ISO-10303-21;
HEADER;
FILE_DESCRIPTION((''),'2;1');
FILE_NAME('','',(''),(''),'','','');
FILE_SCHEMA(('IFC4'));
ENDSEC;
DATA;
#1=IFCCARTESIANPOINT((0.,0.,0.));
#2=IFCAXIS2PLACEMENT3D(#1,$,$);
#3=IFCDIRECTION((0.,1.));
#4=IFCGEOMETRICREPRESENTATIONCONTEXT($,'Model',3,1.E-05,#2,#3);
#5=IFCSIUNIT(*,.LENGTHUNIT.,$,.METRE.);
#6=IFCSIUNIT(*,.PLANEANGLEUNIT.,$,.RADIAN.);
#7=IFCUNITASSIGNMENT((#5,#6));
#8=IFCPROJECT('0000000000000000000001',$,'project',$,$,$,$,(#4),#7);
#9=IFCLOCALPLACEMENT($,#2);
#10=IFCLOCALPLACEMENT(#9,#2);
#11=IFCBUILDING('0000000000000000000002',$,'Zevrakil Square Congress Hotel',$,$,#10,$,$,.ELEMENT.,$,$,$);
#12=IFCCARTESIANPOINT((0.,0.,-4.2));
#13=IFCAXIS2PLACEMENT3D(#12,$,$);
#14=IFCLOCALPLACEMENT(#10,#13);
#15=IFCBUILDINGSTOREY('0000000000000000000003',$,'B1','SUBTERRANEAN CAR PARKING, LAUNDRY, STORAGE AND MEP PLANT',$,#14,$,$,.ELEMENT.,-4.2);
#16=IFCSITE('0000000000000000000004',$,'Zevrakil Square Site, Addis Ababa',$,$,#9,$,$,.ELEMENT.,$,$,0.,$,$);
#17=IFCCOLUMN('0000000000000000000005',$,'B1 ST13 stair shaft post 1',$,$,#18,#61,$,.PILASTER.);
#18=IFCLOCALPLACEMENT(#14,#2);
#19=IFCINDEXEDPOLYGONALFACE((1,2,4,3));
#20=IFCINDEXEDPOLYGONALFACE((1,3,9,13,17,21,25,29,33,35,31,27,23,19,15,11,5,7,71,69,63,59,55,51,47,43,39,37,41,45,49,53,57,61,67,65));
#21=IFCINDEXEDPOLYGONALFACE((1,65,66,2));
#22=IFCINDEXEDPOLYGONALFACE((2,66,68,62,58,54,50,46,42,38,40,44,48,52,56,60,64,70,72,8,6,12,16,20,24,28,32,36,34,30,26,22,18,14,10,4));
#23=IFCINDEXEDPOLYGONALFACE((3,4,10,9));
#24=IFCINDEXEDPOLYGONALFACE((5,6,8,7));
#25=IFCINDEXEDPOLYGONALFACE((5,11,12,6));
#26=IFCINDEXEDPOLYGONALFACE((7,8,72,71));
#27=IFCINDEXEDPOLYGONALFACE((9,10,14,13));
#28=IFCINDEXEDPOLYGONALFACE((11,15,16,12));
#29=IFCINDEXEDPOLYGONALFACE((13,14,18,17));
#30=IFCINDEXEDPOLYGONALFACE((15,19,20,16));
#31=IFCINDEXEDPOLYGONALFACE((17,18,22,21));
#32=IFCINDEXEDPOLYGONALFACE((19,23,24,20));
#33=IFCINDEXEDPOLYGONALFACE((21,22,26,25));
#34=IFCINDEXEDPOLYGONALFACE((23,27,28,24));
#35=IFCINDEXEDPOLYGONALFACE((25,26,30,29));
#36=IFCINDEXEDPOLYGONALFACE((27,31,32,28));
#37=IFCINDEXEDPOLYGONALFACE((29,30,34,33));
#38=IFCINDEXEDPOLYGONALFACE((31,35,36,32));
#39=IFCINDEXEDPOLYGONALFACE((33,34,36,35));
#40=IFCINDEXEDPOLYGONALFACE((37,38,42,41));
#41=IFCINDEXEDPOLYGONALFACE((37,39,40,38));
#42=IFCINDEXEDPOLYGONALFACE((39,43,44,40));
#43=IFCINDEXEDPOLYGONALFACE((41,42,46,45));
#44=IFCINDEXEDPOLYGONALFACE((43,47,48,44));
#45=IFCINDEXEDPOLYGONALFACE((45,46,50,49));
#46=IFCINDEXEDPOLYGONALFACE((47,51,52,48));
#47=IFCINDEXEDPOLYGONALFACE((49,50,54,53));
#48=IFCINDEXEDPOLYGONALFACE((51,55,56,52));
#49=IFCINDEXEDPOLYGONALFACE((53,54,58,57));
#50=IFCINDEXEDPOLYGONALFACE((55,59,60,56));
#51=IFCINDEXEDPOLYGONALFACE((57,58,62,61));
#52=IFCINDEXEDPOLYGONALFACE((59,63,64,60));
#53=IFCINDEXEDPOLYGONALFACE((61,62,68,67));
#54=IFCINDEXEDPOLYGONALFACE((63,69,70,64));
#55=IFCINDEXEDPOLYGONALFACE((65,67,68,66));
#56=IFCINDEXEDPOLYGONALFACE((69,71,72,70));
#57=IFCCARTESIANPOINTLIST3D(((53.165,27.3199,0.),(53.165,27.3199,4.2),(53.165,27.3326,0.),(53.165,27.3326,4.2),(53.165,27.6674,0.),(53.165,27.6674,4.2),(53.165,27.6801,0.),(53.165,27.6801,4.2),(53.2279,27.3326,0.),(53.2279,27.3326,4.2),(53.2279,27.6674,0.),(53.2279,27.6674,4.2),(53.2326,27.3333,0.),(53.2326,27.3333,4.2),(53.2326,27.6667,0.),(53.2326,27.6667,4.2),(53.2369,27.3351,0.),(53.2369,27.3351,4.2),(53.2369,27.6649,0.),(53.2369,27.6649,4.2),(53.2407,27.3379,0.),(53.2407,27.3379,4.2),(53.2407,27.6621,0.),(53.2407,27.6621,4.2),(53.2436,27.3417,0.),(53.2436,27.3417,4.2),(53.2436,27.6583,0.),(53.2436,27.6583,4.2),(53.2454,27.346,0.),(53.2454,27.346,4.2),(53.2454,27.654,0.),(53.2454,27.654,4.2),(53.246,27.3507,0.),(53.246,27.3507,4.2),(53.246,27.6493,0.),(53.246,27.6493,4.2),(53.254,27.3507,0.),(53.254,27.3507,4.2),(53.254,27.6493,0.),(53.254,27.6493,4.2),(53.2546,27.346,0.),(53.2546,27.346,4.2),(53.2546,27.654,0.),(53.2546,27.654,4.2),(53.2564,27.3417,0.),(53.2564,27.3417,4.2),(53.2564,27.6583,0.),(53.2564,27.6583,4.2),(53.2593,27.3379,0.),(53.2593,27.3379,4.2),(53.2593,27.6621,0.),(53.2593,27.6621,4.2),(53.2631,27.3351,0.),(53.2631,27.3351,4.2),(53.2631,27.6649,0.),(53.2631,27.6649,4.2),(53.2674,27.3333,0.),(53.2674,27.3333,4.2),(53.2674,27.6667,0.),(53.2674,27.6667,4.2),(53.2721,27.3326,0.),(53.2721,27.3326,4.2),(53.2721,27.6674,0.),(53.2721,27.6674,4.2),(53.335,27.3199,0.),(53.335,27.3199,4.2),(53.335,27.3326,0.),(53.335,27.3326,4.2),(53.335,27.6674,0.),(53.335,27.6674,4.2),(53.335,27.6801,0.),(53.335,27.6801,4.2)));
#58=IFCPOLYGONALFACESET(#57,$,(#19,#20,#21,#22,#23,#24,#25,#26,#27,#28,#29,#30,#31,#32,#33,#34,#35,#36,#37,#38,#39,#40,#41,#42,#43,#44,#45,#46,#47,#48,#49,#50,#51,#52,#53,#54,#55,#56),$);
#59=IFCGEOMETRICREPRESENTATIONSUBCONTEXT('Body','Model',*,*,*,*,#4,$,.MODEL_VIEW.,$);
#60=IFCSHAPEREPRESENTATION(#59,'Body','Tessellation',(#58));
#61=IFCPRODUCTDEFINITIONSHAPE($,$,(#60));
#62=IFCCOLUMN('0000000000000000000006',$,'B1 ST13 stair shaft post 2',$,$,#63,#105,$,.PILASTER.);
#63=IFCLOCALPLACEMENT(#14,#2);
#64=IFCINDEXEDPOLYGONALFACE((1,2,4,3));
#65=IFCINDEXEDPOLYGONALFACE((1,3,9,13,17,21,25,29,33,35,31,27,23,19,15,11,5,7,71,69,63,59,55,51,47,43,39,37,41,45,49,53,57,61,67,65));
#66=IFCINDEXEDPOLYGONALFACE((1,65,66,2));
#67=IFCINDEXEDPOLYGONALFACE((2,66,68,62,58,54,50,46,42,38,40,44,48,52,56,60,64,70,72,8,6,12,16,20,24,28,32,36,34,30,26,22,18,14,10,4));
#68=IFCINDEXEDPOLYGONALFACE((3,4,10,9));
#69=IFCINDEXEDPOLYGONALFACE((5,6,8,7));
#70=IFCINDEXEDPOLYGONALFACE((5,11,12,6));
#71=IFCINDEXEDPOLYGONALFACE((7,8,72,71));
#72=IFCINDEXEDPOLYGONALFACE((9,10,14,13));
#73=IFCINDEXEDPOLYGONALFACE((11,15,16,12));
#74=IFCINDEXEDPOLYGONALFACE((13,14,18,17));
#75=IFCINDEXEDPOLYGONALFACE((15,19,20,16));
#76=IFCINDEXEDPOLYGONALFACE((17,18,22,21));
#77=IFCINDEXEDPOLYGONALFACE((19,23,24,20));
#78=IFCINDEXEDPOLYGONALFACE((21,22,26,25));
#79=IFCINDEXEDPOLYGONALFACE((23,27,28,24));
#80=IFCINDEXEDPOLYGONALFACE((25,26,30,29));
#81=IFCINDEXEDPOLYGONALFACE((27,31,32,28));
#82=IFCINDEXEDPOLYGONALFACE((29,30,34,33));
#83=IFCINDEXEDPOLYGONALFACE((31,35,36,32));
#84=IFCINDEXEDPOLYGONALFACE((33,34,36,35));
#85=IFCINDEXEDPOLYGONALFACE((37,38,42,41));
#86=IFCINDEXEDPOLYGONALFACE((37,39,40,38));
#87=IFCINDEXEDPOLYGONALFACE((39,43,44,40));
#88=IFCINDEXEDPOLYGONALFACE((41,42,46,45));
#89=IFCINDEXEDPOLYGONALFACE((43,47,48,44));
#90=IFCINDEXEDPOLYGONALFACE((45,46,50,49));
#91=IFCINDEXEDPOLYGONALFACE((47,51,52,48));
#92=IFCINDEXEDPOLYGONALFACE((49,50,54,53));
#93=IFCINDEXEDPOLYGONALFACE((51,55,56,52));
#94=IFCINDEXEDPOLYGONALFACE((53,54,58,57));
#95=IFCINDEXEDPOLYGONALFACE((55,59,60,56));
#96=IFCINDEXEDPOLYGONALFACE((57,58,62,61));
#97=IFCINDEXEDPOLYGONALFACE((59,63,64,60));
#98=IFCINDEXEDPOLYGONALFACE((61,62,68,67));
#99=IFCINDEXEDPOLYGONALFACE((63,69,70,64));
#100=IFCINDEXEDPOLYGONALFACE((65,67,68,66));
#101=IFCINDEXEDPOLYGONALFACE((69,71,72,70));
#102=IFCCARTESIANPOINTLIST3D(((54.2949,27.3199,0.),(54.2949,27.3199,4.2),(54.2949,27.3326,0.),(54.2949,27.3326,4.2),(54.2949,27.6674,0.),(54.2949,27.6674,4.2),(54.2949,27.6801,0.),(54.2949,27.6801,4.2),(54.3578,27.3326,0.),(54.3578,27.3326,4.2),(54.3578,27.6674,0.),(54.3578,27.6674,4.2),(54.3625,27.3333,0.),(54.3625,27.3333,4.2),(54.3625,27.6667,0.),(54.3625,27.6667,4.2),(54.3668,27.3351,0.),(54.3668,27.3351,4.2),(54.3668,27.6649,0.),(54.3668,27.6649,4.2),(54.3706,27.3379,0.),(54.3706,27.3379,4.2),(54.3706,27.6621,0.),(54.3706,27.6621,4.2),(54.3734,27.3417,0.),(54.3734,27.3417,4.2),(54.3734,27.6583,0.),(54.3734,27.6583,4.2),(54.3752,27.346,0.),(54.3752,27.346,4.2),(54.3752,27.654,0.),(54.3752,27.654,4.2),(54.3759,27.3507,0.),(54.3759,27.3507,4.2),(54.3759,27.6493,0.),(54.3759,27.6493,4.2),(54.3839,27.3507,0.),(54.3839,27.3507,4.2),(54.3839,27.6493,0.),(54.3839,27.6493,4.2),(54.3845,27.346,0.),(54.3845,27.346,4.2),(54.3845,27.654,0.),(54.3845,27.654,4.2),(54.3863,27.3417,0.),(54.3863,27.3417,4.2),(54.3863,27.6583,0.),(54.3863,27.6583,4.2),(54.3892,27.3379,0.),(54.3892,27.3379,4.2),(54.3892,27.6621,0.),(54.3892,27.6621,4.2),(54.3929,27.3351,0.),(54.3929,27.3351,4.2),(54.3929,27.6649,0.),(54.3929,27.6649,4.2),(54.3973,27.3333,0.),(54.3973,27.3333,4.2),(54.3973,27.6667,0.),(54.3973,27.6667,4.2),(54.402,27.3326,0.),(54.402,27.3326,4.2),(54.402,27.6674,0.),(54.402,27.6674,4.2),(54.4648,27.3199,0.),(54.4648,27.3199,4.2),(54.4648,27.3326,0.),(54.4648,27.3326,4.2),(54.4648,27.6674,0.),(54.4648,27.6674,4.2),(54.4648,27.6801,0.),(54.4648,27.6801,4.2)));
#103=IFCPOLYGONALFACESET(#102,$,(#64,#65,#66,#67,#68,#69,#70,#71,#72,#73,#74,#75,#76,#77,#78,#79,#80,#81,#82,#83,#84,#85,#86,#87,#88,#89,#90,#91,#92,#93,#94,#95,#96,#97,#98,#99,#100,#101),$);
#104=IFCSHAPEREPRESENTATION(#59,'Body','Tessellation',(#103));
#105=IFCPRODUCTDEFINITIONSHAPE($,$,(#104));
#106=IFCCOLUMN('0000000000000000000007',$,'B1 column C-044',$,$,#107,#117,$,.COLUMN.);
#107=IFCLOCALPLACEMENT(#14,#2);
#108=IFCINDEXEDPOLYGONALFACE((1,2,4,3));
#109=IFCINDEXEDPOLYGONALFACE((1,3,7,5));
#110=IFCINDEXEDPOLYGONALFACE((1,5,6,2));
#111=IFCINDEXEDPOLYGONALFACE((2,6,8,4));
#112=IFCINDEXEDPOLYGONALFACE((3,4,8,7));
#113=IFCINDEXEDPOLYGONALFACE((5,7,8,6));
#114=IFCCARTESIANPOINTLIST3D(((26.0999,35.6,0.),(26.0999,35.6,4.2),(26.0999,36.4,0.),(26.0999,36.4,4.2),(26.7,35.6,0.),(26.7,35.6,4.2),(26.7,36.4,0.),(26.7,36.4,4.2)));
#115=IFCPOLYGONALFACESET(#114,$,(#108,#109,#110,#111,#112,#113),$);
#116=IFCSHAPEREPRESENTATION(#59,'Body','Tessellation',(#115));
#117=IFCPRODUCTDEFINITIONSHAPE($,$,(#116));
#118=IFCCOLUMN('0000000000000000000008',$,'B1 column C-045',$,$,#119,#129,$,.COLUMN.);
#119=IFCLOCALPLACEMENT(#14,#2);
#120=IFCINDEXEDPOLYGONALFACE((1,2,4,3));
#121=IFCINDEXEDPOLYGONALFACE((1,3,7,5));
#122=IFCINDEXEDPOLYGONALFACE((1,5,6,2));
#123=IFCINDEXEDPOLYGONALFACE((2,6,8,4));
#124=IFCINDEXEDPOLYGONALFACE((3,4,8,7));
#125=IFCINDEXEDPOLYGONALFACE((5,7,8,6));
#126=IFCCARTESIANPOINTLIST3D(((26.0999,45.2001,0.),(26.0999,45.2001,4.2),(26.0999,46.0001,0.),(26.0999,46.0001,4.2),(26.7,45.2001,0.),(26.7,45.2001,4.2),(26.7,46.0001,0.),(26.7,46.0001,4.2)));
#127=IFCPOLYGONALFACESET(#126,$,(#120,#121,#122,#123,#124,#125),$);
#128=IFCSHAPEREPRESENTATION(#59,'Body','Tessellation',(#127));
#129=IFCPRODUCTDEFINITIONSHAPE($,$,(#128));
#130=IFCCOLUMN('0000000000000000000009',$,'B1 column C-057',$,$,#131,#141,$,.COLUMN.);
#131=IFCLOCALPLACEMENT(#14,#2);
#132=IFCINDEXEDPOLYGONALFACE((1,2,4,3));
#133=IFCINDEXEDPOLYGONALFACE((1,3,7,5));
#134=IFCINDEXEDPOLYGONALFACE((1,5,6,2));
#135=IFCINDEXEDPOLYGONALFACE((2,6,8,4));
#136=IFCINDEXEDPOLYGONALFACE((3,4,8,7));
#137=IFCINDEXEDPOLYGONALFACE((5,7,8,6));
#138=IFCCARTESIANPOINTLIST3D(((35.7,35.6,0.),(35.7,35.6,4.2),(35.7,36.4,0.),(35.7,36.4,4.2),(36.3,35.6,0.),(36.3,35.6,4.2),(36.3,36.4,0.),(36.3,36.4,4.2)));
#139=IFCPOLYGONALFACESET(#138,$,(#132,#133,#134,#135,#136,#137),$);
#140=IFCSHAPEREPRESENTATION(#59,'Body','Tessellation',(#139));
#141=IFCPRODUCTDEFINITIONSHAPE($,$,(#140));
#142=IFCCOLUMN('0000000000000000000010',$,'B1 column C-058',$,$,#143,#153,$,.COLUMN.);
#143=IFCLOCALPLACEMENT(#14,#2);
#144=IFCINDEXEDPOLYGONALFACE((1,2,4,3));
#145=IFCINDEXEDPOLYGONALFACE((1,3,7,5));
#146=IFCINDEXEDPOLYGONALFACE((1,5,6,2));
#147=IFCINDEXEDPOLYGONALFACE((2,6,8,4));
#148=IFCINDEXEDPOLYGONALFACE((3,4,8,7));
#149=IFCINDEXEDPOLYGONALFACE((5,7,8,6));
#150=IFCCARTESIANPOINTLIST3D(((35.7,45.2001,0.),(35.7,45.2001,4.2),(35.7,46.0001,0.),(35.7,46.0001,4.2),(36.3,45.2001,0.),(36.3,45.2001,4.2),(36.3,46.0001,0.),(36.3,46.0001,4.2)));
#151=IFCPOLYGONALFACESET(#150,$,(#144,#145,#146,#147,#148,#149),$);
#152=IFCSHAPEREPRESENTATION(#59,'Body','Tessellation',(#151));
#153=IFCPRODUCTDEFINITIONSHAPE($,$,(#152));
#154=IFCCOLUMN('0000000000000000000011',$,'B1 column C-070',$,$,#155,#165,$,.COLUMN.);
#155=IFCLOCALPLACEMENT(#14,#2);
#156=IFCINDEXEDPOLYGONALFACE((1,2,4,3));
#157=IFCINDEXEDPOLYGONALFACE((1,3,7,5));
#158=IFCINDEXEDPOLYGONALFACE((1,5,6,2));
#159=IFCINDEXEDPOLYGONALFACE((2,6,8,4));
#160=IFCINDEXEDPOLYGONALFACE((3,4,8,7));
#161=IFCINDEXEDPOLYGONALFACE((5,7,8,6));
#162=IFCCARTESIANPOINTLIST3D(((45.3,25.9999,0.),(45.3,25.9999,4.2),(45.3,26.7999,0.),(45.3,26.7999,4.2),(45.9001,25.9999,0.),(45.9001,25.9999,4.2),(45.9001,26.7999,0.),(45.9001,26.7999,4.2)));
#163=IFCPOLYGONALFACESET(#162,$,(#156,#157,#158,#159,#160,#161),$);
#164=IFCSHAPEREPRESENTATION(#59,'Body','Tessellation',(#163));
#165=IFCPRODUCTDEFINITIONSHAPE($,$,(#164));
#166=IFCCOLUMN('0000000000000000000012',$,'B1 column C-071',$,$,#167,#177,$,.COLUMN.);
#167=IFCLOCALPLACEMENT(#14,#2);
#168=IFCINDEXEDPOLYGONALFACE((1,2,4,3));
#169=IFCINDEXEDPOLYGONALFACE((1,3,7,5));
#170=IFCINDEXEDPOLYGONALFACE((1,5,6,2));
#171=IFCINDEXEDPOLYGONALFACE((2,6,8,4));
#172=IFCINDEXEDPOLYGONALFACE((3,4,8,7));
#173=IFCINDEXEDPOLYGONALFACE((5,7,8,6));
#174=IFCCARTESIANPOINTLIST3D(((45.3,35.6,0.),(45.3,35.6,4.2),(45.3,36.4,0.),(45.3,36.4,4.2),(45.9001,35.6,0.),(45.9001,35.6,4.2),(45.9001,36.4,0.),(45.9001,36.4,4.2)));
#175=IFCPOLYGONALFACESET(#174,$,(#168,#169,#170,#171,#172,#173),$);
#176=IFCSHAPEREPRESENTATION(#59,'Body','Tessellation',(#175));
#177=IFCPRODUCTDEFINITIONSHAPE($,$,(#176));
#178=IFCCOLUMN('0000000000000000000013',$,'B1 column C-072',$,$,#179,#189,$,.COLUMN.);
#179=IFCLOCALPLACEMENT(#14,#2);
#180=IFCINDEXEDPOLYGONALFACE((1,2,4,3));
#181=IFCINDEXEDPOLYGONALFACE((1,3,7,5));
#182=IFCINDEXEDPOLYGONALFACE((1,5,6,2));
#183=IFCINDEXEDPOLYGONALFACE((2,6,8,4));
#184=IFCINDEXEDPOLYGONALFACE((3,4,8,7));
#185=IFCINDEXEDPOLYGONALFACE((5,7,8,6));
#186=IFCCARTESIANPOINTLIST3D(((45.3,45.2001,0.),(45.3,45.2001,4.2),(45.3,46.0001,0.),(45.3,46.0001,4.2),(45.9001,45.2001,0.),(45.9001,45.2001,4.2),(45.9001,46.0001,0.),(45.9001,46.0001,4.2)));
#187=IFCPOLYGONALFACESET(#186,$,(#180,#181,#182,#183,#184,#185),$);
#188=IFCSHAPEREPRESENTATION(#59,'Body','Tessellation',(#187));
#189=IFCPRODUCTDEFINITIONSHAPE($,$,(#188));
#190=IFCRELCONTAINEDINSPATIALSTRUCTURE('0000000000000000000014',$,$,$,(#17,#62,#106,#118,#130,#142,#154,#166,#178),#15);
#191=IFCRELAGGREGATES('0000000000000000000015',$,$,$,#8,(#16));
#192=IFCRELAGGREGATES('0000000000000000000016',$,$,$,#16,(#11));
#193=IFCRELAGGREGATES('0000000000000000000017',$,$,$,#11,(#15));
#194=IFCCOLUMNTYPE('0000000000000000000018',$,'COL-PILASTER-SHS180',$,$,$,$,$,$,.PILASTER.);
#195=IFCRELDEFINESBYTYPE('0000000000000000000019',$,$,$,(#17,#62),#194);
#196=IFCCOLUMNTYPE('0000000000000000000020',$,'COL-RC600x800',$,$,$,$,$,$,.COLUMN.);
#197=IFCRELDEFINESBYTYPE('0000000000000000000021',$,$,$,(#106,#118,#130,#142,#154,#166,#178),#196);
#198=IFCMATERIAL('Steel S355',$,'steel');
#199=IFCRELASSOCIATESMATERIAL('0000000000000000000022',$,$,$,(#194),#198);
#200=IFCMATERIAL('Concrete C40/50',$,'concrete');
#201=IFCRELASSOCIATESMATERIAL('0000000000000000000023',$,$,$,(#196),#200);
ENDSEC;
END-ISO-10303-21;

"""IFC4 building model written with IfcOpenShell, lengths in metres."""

from ifc_helpers import new_model, si_unit, direction, frame, origin, origin_2d, place, context, subcontext, project, spatial, rectangle, i_section, extrude, material, material_profile, profile_set, type_object, element, save


model = new_model("IFC4")

# Units and contexts
model_context = context("Model", 3, precision=1e-05, world=origin(), true_north=direction((0.0, 1.0)))
body_context = subcontext(model_context, "Body", "Model", "MODEL_VIEW")
ifc_project = project(units=[si_unit("LENGTHUNIT", "METRE"), si_unit("PLANEANGLEUNIT", "RADIAN")], contexts=[model_context])

# Site, building, storey
site_placement = place(None, origin())
site = spatial("IfcSite", under=ifc_project, at=site_placement, Name="Zevrakil Square Site, Addis Ababa", CompositionType="ELEMENT", RefElevation=0.0)
building_placement = place(site_placement, origin())
building = spatial("IfcBuilding", under=site, at=building_placement, Name="Zevrakil Square Congress Hotel", CompositionType="ELEMENT")
storey_placement = place(building_placement, frame((0.0, 0.0, -4.2)))
storey = spatial("IfcBuildingStorey", under=building, at=storey_placement, Name="B1", Description="SUBTERRANEAN CAR PARKING, LAUNDRY, STORAGE AND MEP PLANT", CompositionType="ELEMENT", Elevation=-4.2)

# Columns
ifc_material_1 = material(Name="Steel S355", Category="steel")
ifc_material_profile_1 = material_profile(ifc_material_1, i_section(OverallWidth=0.1699, OverallDepth=0.3601, WebThickness=0.0081, FlangeThickness=0.0127, FilletRadius=0.0181, at=origin_2d()), Name="IPE 360")
ifc_profile_set_1 = profile_set([ifc_material_profile_1], Name="Steel S355")
column_type_1 = type_object("IfcColumnType", Name="COL-PILASTER-SHS180", PredefinedType="PILASTER", material=ifc_profile_set_1)
for number, where, z_axis, x_axis, name in (
    (1, (53.25, 27.5, 0.0), (0.0, 0.0, 1.0), (1.0, 0.0, 0.0), "B1 ST13 stair shaft post 1"),
    (2, (54.3799, 27.5, 0.0), (0.0, 0.0, 1.0), (1.0, 0.0, 0.0), "B1 ST13 stair shaft post 2"),
):
    element("IfcColumn", number, at=place(storey_placement, frame(where, z_axis=z_axis, x_axis=x_axis)), inside=storey, type_object=column_type_1, Name=name, PredefinedType="PILASTER", context=body_context, shape_type="SweptSolid", body=[
        extrude(i_section(OverallWidth=0.1699, OverallDepth=0.3601, WebThickness=0.0081, FlangeThickness=0.0127, FilletRadius=0.0181, at=origin_2d()), origin(), (0.0, 0.0, 1.0), 4.2),
    ])
ifc_material_2 = material(Name="Concrete C40/50", Category="concrete")
ifc_material_profile_2 = material_profile(ifc_material_2, rectangle(XDim=0.6001, YDim=0.8, at=origin_2d()), Name="RC 600x800")
ifc_profile_set_2 = profile_set([ifc_material_profile_2], Name="Concrete C40/50")
column_type_2 = type_object("IfcColumnType", Name="COL-RC600x800", PredefinedType="COLUMN", material=ifc_profile_set_2)
for number, where, z_axis, x_axis, name in (
    (3, (26.3999, 36.0, 0.0), (0.0, 0.0, 1.0), (1.0, 0.0, 0.0), "B1 column C-044"),
    (4, (26.3999, 45.6001, 0.0), (0.0, 0.0, 1.0), (1.0, 0.0, 0.0), "B1 column C-045"),
    (5, (36.0, 36.0, 0.0), (0.0, 0.0, 1.0), (1.0, 0.0, 0.0), "B1 column C-057"),
    (6, (36.0, 45.6001, 0.0), (0.0, 0.0, 1.0), (1.0, 0.0, 0.0), "B1 column C-058"),
    (7, (45.6001, 26.3999, 0.0), (0.0, 0.0, 1.0), (1.0, 0.0, 0.0), "B1 column C-070"),
    (8, (45.6001, 36.0, 0.0), (0.0, 0.0, 1.0), (1.0, 0.0, 0.0), "B1 column C-071"),
    (9, (45.6001, 45.6001, 0.0), (0.0, 0.0, 1.0), (1.0, 0.0, 0.0), "B1 column C-072"),
):
    element("IfcColumn", number, at=place(storey_placement, frame(where, z_axis=z_axis, x_axis=x_axis)), inside=storey, type_object=column_type_2, Name=name, PredefinedType="COLUMN", context=body_context, shape_type="SweptSolid", body=[
        extrude(rectangle(XDim=0.6001, YDim=0.8, at=origin_2d()), origin(), (0.0, 0.0, 1.0), 4.2),
    ])

save(model, "model.ifc")
